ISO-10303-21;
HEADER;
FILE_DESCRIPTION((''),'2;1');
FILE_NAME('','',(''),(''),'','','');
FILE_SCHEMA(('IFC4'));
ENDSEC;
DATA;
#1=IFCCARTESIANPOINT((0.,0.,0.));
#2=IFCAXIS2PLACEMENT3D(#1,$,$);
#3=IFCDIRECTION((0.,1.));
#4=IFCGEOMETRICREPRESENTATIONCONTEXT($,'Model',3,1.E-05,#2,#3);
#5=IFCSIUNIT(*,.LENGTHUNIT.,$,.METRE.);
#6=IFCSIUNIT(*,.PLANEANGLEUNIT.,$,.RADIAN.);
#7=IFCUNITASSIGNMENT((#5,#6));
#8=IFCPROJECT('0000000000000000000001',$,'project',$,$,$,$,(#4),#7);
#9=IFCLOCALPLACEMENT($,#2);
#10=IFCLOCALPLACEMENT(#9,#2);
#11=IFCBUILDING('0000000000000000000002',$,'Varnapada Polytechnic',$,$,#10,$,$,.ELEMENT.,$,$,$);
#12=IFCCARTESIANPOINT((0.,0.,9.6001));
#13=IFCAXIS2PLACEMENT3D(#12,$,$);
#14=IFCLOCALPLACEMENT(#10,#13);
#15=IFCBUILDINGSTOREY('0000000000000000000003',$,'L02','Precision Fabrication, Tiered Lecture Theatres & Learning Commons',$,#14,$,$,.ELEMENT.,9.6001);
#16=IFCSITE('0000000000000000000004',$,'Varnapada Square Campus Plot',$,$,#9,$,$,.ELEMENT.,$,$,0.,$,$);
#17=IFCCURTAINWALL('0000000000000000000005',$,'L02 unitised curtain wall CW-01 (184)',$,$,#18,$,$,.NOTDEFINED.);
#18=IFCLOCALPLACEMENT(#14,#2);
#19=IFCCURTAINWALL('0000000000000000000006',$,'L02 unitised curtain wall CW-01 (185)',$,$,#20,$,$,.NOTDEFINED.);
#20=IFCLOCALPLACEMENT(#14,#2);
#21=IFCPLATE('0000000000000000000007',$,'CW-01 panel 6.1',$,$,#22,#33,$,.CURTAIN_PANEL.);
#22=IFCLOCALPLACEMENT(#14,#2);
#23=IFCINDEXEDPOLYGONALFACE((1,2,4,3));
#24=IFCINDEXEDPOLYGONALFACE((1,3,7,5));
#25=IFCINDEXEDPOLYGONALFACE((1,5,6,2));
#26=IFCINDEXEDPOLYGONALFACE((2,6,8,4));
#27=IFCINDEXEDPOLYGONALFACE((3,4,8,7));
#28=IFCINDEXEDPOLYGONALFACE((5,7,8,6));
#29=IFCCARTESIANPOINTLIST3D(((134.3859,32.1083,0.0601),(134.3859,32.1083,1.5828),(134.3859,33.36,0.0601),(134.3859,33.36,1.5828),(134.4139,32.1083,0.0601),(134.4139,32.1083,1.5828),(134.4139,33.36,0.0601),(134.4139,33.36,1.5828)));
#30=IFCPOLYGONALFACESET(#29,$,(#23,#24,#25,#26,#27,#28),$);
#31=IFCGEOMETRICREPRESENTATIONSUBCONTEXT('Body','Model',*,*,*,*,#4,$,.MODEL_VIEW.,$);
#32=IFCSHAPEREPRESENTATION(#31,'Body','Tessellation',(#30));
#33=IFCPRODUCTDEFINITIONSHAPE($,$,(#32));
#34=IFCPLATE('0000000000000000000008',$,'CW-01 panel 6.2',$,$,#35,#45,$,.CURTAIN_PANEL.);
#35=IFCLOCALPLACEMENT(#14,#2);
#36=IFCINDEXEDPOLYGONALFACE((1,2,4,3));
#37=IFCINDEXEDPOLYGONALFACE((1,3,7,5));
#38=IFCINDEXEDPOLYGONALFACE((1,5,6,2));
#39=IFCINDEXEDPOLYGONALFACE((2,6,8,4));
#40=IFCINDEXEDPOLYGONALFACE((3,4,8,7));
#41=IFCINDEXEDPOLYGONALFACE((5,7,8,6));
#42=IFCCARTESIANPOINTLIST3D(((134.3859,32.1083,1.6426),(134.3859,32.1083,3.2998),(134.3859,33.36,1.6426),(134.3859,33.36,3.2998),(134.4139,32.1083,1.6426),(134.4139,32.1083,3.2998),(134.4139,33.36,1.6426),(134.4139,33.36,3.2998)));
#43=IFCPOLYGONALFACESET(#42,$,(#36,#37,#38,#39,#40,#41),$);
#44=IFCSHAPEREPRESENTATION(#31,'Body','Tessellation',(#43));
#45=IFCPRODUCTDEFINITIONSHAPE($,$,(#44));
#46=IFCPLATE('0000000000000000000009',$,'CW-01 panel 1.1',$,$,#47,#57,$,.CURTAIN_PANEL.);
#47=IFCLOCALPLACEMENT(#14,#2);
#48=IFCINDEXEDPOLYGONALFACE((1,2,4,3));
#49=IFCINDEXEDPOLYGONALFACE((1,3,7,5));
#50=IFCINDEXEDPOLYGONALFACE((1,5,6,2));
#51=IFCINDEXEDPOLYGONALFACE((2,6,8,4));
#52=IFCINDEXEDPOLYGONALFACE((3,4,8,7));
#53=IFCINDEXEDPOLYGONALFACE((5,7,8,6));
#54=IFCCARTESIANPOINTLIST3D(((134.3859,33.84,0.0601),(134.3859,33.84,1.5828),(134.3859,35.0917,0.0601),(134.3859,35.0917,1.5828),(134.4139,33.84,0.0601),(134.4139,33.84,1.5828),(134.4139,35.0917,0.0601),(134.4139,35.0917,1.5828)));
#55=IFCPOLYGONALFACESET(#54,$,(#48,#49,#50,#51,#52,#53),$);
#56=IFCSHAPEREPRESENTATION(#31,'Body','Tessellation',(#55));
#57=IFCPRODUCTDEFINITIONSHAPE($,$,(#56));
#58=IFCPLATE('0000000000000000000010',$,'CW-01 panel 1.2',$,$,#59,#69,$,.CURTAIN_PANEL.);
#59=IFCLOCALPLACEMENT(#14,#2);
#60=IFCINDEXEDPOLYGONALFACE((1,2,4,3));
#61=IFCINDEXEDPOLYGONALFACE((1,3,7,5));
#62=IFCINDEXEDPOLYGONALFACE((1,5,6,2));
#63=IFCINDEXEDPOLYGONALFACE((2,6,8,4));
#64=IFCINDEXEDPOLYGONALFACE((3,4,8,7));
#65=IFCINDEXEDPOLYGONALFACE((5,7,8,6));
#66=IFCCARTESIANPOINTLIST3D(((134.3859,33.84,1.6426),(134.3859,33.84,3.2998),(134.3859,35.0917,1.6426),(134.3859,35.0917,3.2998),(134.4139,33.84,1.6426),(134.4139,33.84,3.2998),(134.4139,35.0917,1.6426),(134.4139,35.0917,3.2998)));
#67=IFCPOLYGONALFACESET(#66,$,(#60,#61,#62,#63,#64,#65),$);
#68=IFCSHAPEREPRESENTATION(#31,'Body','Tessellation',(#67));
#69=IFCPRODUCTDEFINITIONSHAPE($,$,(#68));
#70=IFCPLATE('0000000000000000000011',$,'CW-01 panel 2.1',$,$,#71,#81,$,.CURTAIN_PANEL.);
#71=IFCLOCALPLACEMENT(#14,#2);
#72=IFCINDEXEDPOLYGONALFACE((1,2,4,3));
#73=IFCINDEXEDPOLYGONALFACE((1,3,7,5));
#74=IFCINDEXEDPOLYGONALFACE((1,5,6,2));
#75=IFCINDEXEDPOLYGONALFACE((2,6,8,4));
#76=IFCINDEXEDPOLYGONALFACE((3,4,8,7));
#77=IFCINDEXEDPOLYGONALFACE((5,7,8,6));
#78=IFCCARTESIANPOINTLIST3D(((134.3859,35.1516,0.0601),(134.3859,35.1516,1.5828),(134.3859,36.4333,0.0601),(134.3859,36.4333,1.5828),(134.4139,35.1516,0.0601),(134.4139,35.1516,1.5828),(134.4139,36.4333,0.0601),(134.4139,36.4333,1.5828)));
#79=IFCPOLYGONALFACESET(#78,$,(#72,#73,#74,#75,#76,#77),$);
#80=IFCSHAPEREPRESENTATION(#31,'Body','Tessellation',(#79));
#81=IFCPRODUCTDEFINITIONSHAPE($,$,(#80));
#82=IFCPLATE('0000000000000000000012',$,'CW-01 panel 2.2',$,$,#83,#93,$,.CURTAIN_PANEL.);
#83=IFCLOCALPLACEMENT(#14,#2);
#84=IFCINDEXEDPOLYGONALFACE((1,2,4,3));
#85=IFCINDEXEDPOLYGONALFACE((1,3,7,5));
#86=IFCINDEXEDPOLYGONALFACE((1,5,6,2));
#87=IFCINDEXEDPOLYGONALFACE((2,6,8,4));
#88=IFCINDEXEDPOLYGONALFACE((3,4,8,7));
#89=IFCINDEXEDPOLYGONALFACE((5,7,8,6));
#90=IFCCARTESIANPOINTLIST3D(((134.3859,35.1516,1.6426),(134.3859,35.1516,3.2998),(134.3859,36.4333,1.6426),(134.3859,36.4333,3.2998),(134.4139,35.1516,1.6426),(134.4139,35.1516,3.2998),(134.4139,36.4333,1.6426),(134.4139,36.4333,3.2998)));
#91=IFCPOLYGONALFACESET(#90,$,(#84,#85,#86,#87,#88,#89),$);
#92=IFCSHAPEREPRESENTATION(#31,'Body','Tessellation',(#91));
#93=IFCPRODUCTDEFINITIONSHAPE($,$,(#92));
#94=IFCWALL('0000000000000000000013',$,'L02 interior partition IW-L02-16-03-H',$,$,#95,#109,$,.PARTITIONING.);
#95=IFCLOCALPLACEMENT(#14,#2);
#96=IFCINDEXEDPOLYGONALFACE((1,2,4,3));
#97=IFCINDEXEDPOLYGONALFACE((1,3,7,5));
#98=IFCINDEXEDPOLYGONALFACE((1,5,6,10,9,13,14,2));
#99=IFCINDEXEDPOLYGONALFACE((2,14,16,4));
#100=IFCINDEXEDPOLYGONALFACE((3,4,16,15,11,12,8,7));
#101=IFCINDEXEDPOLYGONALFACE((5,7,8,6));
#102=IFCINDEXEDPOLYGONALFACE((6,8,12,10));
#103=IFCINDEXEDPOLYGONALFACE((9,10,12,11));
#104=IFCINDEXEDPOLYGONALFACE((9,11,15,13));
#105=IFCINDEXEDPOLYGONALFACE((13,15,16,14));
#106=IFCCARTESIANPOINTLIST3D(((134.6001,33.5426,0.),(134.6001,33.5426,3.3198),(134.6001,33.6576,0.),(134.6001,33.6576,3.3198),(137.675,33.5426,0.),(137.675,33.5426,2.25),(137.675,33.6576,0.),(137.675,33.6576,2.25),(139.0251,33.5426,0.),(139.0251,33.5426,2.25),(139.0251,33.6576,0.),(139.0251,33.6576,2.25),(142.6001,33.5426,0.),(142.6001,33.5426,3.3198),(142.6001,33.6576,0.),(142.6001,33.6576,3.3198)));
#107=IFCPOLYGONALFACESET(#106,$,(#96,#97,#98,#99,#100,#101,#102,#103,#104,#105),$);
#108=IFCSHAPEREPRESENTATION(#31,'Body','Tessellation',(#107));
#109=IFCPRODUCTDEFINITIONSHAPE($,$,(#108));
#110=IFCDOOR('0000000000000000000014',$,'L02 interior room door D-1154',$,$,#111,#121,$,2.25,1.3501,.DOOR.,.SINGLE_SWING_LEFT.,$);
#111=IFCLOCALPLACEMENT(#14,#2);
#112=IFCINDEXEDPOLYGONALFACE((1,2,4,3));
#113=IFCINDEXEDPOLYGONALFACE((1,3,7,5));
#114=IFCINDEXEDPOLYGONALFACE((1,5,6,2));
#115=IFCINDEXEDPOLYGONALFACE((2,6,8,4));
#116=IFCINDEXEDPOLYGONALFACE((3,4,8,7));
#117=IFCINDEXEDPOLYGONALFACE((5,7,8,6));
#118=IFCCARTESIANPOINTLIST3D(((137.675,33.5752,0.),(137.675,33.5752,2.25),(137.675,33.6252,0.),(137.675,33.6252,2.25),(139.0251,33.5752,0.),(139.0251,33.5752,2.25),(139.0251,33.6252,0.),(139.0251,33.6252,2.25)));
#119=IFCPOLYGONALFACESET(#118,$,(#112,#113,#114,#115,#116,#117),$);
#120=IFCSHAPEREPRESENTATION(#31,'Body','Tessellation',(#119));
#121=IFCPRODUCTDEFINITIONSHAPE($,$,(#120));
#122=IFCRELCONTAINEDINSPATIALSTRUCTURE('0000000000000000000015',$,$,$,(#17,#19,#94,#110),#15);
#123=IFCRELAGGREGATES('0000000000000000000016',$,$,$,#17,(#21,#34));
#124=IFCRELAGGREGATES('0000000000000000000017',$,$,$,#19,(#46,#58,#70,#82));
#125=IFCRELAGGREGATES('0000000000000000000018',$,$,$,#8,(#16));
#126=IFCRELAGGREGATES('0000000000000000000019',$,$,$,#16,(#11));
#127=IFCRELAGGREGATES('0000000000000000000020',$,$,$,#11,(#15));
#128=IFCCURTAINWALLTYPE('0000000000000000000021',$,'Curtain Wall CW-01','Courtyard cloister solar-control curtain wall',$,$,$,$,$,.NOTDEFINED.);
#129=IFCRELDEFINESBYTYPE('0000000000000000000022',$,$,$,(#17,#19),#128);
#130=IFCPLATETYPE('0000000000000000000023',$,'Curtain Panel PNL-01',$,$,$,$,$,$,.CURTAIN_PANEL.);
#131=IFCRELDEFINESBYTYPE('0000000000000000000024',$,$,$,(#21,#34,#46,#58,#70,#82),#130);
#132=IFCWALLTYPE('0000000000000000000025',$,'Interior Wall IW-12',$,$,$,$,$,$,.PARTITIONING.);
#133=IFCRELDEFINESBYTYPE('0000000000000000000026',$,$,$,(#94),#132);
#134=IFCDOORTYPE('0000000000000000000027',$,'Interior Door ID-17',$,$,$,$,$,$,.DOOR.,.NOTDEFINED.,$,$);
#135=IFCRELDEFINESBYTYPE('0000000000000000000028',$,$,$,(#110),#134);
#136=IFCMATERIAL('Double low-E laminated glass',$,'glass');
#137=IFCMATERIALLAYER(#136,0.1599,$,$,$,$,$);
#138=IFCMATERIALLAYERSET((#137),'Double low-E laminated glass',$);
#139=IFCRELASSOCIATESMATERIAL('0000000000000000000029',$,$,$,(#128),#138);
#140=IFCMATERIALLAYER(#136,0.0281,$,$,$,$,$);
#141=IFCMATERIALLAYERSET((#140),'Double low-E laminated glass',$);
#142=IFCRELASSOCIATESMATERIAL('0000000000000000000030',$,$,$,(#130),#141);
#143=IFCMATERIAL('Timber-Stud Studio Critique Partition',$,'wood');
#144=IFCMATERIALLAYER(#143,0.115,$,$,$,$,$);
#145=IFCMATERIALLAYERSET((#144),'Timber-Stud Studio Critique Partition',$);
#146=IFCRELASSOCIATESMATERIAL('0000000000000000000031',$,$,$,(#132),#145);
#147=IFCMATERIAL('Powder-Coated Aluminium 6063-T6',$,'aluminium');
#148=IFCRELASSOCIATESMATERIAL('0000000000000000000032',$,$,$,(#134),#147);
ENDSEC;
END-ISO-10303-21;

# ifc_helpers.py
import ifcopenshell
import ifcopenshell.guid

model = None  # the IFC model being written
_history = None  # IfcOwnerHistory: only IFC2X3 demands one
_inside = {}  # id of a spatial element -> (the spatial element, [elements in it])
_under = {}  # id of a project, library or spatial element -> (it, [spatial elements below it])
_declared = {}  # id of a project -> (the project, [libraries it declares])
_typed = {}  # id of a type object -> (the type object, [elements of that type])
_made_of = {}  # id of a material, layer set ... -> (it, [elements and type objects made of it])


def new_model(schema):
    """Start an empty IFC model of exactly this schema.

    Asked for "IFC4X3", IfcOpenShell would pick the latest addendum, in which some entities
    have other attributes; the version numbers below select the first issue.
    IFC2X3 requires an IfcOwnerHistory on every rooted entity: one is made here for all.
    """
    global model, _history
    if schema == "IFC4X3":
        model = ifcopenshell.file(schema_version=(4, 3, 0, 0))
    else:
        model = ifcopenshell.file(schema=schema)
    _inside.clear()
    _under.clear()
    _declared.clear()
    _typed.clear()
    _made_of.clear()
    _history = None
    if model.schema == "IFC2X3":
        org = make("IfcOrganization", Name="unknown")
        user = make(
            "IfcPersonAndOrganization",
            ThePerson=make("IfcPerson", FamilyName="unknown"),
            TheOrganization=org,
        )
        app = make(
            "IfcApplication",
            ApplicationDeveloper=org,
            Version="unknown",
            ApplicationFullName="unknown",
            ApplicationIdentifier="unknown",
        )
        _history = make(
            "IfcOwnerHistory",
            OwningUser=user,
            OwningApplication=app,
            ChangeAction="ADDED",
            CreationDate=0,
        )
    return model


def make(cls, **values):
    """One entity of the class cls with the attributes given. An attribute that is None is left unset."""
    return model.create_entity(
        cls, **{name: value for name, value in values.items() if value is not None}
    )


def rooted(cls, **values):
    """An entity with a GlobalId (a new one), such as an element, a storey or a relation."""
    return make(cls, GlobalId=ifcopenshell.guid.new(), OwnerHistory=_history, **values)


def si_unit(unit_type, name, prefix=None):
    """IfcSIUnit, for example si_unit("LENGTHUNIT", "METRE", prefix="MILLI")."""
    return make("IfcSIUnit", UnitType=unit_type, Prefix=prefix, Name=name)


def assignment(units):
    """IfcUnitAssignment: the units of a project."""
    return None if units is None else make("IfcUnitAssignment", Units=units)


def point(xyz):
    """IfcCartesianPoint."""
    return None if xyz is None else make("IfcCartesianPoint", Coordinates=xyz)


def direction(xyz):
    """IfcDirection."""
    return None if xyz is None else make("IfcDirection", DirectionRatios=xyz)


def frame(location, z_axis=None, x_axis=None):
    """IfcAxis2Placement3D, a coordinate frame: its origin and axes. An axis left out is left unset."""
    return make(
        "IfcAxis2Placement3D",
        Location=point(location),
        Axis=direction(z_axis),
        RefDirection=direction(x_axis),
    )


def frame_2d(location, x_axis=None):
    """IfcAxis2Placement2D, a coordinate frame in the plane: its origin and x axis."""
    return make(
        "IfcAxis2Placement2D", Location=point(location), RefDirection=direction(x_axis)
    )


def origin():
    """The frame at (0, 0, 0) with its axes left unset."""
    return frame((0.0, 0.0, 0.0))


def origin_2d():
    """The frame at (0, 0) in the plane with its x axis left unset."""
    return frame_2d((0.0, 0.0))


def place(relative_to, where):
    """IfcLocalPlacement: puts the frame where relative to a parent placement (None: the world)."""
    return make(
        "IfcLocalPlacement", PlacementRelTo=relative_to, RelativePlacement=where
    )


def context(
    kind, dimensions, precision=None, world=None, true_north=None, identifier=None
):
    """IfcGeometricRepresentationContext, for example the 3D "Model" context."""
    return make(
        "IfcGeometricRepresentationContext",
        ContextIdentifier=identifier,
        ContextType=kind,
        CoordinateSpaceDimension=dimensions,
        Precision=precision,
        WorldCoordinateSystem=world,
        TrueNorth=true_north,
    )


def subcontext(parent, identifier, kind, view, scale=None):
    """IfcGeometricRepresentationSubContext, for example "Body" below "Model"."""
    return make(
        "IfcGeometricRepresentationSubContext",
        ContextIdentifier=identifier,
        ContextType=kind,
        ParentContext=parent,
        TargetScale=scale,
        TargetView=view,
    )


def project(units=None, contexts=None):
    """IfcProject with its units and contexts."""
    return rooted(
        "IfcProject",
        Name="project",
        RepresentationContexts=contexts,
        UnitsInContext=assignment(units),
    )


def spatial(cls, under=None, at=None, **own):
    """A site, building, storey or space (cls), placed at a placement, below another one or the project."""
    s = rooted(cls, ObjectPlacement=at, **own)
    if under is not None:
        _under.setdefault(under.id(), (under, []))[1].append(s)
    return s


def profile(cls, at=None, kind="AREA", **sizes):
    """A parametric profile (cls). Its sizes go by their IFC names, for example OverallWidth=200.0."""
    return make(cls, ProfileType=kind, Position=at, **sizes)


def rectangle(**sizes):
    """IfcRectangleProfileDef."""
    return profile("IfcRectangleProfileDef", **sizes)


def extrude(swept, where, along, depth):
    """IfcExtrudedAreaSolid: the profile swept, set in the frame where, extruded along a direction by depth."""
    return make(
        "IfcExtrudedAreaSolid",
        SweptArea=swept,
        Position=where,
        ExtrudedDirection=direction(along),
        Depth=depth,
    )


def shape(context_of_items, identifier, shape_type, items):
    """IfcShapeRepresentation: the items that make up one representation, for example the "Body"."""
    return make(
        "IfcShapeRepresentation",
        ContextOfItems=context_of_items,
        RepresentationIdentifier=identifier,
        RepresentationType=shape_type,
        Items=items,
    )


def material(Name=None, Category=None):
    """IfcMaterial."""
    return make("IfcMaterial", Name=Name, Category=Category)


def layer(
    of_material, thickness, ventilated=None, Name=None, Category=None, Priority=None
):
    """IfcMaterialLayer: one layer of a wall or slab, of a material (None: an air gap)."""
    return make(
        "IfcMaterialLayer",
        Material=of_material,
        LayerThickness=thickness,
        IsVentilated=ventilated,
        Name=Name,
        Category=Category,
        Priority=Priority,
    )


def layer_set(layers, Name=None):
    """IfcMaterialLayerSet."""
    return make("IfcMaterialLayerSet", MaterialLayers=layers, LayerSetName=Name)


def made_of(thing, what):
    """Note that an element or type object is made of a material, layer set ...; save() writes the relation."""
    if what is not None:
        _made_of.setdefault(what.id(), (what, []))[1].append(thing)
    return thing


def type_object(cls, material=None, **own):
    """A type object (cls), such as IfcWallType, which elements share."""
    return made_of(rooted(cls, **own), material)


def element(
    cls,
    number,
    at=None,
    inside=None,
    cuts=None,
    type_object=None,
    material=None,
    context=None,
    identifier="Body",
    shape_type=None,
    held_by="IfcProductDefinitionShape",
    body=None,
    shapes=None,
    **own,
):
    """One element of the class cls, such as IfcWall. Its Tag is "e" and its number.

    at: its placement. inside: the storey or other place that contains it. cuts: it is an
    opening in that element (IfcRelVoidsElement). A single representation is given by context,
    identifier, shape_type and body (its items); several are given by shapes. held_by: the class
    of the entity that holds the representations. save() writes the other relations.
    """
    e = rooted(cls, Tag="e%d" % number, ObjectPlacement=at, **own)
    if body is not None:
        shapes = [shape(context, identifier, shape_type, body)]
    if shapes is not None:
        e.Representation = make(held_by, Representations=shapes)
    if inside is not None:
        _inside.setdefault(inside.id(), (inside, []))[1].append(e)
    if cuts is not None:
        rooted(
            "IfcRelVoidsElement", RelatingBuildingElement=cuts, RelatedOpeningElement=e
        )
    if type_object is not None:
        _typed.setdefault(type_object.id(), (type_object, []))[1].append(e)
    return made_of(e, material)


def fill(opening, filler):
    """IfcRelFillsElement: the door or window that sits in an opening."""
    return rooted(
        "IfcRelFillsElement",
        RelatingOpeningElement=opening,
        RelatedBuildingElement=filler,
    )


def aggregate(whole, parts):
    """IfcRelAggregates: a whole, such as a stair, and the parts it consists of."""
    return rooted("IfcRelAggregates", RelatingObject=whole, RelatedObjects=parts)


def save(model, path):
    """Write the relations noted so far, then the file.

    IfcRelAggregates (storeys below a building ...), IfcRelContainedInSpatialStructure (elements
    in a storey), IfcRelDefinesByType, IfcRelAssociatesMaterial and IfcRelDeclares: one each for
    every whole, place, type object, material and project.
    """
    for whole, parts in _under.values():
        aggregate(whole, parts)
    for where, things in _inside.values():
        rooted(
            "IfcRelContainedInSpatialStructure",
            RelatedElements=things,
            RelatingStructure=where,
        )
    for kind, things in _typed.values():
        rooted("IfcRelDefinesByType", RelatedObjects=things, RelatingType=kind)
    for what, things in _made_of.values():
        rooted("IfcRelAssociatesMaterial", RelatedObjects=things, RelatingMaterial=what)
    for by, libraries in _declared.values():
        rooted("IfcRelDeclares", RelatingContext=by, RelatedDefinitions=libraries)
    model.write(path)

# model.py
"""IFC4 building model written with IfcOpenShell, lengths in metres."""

from ifc_helpers import new_model, si_unit, direction, frame, frame_2d, origin, origin_2d, place, context, subcontext, project, spatial, rectangle, extrude, material, layer, layer_set, type_object, element, fill, aggregate, save


model = new_model("IFC4")

# Units and contexts
model_context = context("Model", 3, precision=1e-05, world=origin(), true_north=direction((0.0, 1.0)))
body_context = subcontext(model_context, "Body", "Model", "MODEL_VIEW")
ifc_project = project(units=[si_unit("LENGTHUNIT", "METRE"), si_unit("PLANEANGLEUNIT", "RADIAN")], contexts=[model_context])

# Site, building, storey
site_placement = place(None, origin())
site = spatial("IfcSite", under=ifc_project, at=site_placement, Name="Varnapada Square Campus Plot", CompositionType="ELEMENT", RefElevation=0.0)
building_placement = place(site_placement, origin())
building = spatial("IfcBuilding", under=site, at=building_placement, Name="Varnapada Polytechnic", CompositionType="ELEMENT")
storey_placement = place(building_placement, frame((0.0, 0.0, 9.6001)))
storey = spatial("IfcBuildingStorey", under=building, at=storey_placement, Name="L02", Description="Precision Fabrication, Tiered Lecture Theatres & Learning Commons", CompositionType="ELEMENT", Elevation=9.6001)

# Curtain wall
ifc_material_1 = material(Name="Double low-E laminated glass", Category="glass")
ifc_layer_1 = layer(ifc_material_1, 0.1599)
ifc_layer_set_1 = layer_set([ifc_layer_1], Name="Double low-E laminated glass")
curtain_wall_type = type_object("IfcCurtainWallType", Name="Curtain Wall CW-01", Description="Courtyard cloister solar-control curtain wall", PredefinedType="NOTDEFINED", material=ifc_layer_set_1)
curtain_wall_1_placement = place(storey_placement, origin())
curtain_wall_1 = element("IfcCurtainWall", 1, at=curtain_wall_1_placement, inside=storey, type_object=curtain_wall_type, Name="L02 unitised curtain wall CW-01 (184)", PredefinedType="NOTDEFINED")

# Curtain wall
curtain_wall_2_placement = place(storey_placement, origin())
curtain_wall_2 = element("IfcCurtainWall", 2, at=curtain_wall_2_placement, inside=storey, type_object=curtain_wall_type, Name="L02 unitised curtain wall CW-01 (185)", PredefinedType="NOTDEFINED")

# Plates
ifc_layer_2 = layer(ifc_material_1, 0.0281)
ifc_layer_set_2 = layer_set([ifc_layer_2], Name="Double low-E laminated glass")
plate_type = type_object("IfcPlateType", Name="Curtain Panel PNL-01", PredefinedType="CURTAIN_PANEL", material=ifc_layer_set_2)
plate_1_placement = place(storey_placement, frame((134.3999, 32.7341, 0.0601), z_axis=(0.0, 0.0, 1.0), x_axis=(0.0, 1.0, 0.0)))
plate_1 = element("IfcPlate", 3, at=plate_1_placement, type_object=plate_type, Name="CW-01 panel 6.1", PredefinedType="CURTAIN_PANEL", context=body_context, shape_type="SweptSolid", body=[
    extrude(rectangle(XDim=1.2517, YDim=0.0281, at=origin_2d()), origin(), (0.0, 0.0, 1.0), 1.5227),
])
plate_2_placement = place(storey_placement, frame((134.3999, 32.7341, 1.6426), z_axis=(0.0, 0.0, 1.0), x_axis=(0.0, 1.0, 0.0)))
plate_2 = element("IfcPlate", 4, at=plate_2_placement, type_object=plate_type, Name="CW-01 panel 6.2", PredefinedType="CURTAIN_PANEL", context=body_context, shape_type="SweptSolid", body=[
    extrude(rectangle(XDim=1.2517, YDim=0.0281, at=origin_2d()), origin(), (0.0, 0.0, 1.0), 1.6572),
])
aggregate(curtain_wall_1, [plate_1, plate_2])
plate_3_placement = place(storey_placement, frame((134.3999, 34.4658, 0.0601), z_axis=(0.0, 0.0, 1.0), x_axis=(0.0, 1.0, 0.0)))
plate_3 = element("IfcPlate", 5, at=plate_3_placement, type_object=plate_type, Name="CW-01 panel 1.1", PredefinedType="CURTAIN_PANEL", context=body_context, shape_type="SweptSolid", body=[
    extrude(rectangle(XDim=1.2517, YDim=0.0281, at=origin_2d()), origin(), (0.0, 0.0, 1.0), 1.5227),
])
plate_4_placement = place(storey_placement, frame((134.3999, 34.4658, 1.6426), z_axis=(0.0, 0.0, 1.0), x_axis=(0.0, 1.0, 0.0)))
plate_4 = element("IfcPlate", 6, at=plate_4_placement, type_object=plate_type, Name="CW-01 panel 1.2", PredefinedType="CURTAIN_PANEL", context=body_context, shape_type="SweptSolid", body=[
    extrude(rectangle(XDim=1.2517, YDim=0.0281, at=origin_2d()), origin(), (0.0, 0.0, 1.0), 1.6572),
])
plate_5_placement = place(storey_placement, frame((134.3999, 35.7925, 0.0601), z_axis=(0.0, 0.0, 1.0), x_axis=(0.0, 1.0, 0.0)))
plate_5 = element("IfcPlate", 7, at=plate_5_placement, type_object=plate_type, Name="CW-01 panel 2.1", PredefinedType="CURTAIN_PANEL", context=body_context, shape_type="SweptSolid", body=[
    extrude(rectangle(XDim=1.2817, YDim=0.0281, at=origin_2d()), origin(), (0.0, 0.0, 1.0), 1.5227),
])
plate_6_placement = place(storey_placement, frame((134.3999, 35.7925, 1.6426), z_axis=(0.0, 0.0, 1.0), x_axis=(0.0, 1.0, 0.0)))
plate_6 = element("IfcPlate", 8, at=plate_6_placement, type_object=plate_type, Name="CW-01 panel 2.2", PredefinedType="CURTAIN_PANEL", context=body_context, shape_type="SweptSolid", body=[
    extrude(rectangle(XDim=1.2817, YDim=0.0281, at=origin_2d()), origin(), (0.0, 0.0, 1.0), 1.6572),
])
aggregate(curtain_wall_2, [plate_3, plate_4, plate_5, plate_6])

# Wall, opening, door
ifc_material_2 = material(Name="Timber-Stud Studio Critique Partition", Category="wood")
ifc_layer_3 = layer(ifc_material_2, 0.115)
ifc_layer_set_3 = layer_set([ifc_layer_3], Name="Timber-Stud Studio Critique Partition")
wall_type = type_object("IfcWallType", Name="Interior Wall IW-12", PredefinedType="PARTITIONING", material=ifc_layer_set_3)
wall_placement = place(storey_placement, frame((134.6001, 33.6001, 0.0), z_axis=(0.0, 0.0, 1.0), x_axis=(1.0, 0.0, 0.0)))
wall = element("IfcWall", 9, at=wall_placement, inside=storey, type_object=wall_type, Name="L02 interior partition IW-L02-16-03-H", PredefinedType="PARTITIONING", context=body_context, shape_type="SweptSolid", body=[
    extrude(rectangle(XDim=8.0, YDim=0.115, at=frame_2d((4.0, 0.0))), origin(), (0.0, 0.0, 1.0), 3.3198),
])
opening_placement = place(wall_placement, frame((3.075, 0.0, 0.0)))
opening = element("IfcOpeningElement", 10, at=opening_placement, cuts=wall, PredefinedType="OPENING", context=body_context, shape_type="SweptSolid", body=[
    extrude(rectangle(XDim=1.3501, YDim=2.25, at=frame_2d((0.675, 1.125))), frame((0.0, 0.0674, 0.0), z_axis=(0.0, -1.0, 0.0), x_axis=(1.0, 0.0, 0.0)), (0.0, 0.0, 1.0), 0.135),
])
ifc_material_3 = material(Name="Powder-Coated Aluminium 6063-T6", Category="aluminium")
door_type = type_object("IfcDoorType", Name="Interior Door ID-17", OperationType="NOTDEFINED", PredefinedType="DOOR", material=ifc_material_3)
door_placement = place(opening_placement, frame((1.3501, 0.0, 0.0), z_axis=(0.0, 0.0, 1.0), x_axis=(-1.0, 0.0, 0.0)))
door = element("IfcDoor", 11, at=door_placement, inside=storey, type_object=door_type, Name="L02 interior room door D-1154", OperationType="SINGLE_SWING_LEFT", OverallHeight=2.25, OverallWidth=1.3501, PredefinedType="DOOR", context=body_context, shape_type="SweptSolid", body=[
    extrude(rectangle(XDim=1.3501, YDim=2.25, at=frame_2d((0.675, 1.125))), frame((0.0, 0.0249, 0.0), z_axis=(0.0, -1.0, 0.0), x_axis=(1.0, 0.0, 0.0)), (0.0, 0.0, 1.0), 0.05),
])
fill(opening, door)

save(model, "model.ifc")
